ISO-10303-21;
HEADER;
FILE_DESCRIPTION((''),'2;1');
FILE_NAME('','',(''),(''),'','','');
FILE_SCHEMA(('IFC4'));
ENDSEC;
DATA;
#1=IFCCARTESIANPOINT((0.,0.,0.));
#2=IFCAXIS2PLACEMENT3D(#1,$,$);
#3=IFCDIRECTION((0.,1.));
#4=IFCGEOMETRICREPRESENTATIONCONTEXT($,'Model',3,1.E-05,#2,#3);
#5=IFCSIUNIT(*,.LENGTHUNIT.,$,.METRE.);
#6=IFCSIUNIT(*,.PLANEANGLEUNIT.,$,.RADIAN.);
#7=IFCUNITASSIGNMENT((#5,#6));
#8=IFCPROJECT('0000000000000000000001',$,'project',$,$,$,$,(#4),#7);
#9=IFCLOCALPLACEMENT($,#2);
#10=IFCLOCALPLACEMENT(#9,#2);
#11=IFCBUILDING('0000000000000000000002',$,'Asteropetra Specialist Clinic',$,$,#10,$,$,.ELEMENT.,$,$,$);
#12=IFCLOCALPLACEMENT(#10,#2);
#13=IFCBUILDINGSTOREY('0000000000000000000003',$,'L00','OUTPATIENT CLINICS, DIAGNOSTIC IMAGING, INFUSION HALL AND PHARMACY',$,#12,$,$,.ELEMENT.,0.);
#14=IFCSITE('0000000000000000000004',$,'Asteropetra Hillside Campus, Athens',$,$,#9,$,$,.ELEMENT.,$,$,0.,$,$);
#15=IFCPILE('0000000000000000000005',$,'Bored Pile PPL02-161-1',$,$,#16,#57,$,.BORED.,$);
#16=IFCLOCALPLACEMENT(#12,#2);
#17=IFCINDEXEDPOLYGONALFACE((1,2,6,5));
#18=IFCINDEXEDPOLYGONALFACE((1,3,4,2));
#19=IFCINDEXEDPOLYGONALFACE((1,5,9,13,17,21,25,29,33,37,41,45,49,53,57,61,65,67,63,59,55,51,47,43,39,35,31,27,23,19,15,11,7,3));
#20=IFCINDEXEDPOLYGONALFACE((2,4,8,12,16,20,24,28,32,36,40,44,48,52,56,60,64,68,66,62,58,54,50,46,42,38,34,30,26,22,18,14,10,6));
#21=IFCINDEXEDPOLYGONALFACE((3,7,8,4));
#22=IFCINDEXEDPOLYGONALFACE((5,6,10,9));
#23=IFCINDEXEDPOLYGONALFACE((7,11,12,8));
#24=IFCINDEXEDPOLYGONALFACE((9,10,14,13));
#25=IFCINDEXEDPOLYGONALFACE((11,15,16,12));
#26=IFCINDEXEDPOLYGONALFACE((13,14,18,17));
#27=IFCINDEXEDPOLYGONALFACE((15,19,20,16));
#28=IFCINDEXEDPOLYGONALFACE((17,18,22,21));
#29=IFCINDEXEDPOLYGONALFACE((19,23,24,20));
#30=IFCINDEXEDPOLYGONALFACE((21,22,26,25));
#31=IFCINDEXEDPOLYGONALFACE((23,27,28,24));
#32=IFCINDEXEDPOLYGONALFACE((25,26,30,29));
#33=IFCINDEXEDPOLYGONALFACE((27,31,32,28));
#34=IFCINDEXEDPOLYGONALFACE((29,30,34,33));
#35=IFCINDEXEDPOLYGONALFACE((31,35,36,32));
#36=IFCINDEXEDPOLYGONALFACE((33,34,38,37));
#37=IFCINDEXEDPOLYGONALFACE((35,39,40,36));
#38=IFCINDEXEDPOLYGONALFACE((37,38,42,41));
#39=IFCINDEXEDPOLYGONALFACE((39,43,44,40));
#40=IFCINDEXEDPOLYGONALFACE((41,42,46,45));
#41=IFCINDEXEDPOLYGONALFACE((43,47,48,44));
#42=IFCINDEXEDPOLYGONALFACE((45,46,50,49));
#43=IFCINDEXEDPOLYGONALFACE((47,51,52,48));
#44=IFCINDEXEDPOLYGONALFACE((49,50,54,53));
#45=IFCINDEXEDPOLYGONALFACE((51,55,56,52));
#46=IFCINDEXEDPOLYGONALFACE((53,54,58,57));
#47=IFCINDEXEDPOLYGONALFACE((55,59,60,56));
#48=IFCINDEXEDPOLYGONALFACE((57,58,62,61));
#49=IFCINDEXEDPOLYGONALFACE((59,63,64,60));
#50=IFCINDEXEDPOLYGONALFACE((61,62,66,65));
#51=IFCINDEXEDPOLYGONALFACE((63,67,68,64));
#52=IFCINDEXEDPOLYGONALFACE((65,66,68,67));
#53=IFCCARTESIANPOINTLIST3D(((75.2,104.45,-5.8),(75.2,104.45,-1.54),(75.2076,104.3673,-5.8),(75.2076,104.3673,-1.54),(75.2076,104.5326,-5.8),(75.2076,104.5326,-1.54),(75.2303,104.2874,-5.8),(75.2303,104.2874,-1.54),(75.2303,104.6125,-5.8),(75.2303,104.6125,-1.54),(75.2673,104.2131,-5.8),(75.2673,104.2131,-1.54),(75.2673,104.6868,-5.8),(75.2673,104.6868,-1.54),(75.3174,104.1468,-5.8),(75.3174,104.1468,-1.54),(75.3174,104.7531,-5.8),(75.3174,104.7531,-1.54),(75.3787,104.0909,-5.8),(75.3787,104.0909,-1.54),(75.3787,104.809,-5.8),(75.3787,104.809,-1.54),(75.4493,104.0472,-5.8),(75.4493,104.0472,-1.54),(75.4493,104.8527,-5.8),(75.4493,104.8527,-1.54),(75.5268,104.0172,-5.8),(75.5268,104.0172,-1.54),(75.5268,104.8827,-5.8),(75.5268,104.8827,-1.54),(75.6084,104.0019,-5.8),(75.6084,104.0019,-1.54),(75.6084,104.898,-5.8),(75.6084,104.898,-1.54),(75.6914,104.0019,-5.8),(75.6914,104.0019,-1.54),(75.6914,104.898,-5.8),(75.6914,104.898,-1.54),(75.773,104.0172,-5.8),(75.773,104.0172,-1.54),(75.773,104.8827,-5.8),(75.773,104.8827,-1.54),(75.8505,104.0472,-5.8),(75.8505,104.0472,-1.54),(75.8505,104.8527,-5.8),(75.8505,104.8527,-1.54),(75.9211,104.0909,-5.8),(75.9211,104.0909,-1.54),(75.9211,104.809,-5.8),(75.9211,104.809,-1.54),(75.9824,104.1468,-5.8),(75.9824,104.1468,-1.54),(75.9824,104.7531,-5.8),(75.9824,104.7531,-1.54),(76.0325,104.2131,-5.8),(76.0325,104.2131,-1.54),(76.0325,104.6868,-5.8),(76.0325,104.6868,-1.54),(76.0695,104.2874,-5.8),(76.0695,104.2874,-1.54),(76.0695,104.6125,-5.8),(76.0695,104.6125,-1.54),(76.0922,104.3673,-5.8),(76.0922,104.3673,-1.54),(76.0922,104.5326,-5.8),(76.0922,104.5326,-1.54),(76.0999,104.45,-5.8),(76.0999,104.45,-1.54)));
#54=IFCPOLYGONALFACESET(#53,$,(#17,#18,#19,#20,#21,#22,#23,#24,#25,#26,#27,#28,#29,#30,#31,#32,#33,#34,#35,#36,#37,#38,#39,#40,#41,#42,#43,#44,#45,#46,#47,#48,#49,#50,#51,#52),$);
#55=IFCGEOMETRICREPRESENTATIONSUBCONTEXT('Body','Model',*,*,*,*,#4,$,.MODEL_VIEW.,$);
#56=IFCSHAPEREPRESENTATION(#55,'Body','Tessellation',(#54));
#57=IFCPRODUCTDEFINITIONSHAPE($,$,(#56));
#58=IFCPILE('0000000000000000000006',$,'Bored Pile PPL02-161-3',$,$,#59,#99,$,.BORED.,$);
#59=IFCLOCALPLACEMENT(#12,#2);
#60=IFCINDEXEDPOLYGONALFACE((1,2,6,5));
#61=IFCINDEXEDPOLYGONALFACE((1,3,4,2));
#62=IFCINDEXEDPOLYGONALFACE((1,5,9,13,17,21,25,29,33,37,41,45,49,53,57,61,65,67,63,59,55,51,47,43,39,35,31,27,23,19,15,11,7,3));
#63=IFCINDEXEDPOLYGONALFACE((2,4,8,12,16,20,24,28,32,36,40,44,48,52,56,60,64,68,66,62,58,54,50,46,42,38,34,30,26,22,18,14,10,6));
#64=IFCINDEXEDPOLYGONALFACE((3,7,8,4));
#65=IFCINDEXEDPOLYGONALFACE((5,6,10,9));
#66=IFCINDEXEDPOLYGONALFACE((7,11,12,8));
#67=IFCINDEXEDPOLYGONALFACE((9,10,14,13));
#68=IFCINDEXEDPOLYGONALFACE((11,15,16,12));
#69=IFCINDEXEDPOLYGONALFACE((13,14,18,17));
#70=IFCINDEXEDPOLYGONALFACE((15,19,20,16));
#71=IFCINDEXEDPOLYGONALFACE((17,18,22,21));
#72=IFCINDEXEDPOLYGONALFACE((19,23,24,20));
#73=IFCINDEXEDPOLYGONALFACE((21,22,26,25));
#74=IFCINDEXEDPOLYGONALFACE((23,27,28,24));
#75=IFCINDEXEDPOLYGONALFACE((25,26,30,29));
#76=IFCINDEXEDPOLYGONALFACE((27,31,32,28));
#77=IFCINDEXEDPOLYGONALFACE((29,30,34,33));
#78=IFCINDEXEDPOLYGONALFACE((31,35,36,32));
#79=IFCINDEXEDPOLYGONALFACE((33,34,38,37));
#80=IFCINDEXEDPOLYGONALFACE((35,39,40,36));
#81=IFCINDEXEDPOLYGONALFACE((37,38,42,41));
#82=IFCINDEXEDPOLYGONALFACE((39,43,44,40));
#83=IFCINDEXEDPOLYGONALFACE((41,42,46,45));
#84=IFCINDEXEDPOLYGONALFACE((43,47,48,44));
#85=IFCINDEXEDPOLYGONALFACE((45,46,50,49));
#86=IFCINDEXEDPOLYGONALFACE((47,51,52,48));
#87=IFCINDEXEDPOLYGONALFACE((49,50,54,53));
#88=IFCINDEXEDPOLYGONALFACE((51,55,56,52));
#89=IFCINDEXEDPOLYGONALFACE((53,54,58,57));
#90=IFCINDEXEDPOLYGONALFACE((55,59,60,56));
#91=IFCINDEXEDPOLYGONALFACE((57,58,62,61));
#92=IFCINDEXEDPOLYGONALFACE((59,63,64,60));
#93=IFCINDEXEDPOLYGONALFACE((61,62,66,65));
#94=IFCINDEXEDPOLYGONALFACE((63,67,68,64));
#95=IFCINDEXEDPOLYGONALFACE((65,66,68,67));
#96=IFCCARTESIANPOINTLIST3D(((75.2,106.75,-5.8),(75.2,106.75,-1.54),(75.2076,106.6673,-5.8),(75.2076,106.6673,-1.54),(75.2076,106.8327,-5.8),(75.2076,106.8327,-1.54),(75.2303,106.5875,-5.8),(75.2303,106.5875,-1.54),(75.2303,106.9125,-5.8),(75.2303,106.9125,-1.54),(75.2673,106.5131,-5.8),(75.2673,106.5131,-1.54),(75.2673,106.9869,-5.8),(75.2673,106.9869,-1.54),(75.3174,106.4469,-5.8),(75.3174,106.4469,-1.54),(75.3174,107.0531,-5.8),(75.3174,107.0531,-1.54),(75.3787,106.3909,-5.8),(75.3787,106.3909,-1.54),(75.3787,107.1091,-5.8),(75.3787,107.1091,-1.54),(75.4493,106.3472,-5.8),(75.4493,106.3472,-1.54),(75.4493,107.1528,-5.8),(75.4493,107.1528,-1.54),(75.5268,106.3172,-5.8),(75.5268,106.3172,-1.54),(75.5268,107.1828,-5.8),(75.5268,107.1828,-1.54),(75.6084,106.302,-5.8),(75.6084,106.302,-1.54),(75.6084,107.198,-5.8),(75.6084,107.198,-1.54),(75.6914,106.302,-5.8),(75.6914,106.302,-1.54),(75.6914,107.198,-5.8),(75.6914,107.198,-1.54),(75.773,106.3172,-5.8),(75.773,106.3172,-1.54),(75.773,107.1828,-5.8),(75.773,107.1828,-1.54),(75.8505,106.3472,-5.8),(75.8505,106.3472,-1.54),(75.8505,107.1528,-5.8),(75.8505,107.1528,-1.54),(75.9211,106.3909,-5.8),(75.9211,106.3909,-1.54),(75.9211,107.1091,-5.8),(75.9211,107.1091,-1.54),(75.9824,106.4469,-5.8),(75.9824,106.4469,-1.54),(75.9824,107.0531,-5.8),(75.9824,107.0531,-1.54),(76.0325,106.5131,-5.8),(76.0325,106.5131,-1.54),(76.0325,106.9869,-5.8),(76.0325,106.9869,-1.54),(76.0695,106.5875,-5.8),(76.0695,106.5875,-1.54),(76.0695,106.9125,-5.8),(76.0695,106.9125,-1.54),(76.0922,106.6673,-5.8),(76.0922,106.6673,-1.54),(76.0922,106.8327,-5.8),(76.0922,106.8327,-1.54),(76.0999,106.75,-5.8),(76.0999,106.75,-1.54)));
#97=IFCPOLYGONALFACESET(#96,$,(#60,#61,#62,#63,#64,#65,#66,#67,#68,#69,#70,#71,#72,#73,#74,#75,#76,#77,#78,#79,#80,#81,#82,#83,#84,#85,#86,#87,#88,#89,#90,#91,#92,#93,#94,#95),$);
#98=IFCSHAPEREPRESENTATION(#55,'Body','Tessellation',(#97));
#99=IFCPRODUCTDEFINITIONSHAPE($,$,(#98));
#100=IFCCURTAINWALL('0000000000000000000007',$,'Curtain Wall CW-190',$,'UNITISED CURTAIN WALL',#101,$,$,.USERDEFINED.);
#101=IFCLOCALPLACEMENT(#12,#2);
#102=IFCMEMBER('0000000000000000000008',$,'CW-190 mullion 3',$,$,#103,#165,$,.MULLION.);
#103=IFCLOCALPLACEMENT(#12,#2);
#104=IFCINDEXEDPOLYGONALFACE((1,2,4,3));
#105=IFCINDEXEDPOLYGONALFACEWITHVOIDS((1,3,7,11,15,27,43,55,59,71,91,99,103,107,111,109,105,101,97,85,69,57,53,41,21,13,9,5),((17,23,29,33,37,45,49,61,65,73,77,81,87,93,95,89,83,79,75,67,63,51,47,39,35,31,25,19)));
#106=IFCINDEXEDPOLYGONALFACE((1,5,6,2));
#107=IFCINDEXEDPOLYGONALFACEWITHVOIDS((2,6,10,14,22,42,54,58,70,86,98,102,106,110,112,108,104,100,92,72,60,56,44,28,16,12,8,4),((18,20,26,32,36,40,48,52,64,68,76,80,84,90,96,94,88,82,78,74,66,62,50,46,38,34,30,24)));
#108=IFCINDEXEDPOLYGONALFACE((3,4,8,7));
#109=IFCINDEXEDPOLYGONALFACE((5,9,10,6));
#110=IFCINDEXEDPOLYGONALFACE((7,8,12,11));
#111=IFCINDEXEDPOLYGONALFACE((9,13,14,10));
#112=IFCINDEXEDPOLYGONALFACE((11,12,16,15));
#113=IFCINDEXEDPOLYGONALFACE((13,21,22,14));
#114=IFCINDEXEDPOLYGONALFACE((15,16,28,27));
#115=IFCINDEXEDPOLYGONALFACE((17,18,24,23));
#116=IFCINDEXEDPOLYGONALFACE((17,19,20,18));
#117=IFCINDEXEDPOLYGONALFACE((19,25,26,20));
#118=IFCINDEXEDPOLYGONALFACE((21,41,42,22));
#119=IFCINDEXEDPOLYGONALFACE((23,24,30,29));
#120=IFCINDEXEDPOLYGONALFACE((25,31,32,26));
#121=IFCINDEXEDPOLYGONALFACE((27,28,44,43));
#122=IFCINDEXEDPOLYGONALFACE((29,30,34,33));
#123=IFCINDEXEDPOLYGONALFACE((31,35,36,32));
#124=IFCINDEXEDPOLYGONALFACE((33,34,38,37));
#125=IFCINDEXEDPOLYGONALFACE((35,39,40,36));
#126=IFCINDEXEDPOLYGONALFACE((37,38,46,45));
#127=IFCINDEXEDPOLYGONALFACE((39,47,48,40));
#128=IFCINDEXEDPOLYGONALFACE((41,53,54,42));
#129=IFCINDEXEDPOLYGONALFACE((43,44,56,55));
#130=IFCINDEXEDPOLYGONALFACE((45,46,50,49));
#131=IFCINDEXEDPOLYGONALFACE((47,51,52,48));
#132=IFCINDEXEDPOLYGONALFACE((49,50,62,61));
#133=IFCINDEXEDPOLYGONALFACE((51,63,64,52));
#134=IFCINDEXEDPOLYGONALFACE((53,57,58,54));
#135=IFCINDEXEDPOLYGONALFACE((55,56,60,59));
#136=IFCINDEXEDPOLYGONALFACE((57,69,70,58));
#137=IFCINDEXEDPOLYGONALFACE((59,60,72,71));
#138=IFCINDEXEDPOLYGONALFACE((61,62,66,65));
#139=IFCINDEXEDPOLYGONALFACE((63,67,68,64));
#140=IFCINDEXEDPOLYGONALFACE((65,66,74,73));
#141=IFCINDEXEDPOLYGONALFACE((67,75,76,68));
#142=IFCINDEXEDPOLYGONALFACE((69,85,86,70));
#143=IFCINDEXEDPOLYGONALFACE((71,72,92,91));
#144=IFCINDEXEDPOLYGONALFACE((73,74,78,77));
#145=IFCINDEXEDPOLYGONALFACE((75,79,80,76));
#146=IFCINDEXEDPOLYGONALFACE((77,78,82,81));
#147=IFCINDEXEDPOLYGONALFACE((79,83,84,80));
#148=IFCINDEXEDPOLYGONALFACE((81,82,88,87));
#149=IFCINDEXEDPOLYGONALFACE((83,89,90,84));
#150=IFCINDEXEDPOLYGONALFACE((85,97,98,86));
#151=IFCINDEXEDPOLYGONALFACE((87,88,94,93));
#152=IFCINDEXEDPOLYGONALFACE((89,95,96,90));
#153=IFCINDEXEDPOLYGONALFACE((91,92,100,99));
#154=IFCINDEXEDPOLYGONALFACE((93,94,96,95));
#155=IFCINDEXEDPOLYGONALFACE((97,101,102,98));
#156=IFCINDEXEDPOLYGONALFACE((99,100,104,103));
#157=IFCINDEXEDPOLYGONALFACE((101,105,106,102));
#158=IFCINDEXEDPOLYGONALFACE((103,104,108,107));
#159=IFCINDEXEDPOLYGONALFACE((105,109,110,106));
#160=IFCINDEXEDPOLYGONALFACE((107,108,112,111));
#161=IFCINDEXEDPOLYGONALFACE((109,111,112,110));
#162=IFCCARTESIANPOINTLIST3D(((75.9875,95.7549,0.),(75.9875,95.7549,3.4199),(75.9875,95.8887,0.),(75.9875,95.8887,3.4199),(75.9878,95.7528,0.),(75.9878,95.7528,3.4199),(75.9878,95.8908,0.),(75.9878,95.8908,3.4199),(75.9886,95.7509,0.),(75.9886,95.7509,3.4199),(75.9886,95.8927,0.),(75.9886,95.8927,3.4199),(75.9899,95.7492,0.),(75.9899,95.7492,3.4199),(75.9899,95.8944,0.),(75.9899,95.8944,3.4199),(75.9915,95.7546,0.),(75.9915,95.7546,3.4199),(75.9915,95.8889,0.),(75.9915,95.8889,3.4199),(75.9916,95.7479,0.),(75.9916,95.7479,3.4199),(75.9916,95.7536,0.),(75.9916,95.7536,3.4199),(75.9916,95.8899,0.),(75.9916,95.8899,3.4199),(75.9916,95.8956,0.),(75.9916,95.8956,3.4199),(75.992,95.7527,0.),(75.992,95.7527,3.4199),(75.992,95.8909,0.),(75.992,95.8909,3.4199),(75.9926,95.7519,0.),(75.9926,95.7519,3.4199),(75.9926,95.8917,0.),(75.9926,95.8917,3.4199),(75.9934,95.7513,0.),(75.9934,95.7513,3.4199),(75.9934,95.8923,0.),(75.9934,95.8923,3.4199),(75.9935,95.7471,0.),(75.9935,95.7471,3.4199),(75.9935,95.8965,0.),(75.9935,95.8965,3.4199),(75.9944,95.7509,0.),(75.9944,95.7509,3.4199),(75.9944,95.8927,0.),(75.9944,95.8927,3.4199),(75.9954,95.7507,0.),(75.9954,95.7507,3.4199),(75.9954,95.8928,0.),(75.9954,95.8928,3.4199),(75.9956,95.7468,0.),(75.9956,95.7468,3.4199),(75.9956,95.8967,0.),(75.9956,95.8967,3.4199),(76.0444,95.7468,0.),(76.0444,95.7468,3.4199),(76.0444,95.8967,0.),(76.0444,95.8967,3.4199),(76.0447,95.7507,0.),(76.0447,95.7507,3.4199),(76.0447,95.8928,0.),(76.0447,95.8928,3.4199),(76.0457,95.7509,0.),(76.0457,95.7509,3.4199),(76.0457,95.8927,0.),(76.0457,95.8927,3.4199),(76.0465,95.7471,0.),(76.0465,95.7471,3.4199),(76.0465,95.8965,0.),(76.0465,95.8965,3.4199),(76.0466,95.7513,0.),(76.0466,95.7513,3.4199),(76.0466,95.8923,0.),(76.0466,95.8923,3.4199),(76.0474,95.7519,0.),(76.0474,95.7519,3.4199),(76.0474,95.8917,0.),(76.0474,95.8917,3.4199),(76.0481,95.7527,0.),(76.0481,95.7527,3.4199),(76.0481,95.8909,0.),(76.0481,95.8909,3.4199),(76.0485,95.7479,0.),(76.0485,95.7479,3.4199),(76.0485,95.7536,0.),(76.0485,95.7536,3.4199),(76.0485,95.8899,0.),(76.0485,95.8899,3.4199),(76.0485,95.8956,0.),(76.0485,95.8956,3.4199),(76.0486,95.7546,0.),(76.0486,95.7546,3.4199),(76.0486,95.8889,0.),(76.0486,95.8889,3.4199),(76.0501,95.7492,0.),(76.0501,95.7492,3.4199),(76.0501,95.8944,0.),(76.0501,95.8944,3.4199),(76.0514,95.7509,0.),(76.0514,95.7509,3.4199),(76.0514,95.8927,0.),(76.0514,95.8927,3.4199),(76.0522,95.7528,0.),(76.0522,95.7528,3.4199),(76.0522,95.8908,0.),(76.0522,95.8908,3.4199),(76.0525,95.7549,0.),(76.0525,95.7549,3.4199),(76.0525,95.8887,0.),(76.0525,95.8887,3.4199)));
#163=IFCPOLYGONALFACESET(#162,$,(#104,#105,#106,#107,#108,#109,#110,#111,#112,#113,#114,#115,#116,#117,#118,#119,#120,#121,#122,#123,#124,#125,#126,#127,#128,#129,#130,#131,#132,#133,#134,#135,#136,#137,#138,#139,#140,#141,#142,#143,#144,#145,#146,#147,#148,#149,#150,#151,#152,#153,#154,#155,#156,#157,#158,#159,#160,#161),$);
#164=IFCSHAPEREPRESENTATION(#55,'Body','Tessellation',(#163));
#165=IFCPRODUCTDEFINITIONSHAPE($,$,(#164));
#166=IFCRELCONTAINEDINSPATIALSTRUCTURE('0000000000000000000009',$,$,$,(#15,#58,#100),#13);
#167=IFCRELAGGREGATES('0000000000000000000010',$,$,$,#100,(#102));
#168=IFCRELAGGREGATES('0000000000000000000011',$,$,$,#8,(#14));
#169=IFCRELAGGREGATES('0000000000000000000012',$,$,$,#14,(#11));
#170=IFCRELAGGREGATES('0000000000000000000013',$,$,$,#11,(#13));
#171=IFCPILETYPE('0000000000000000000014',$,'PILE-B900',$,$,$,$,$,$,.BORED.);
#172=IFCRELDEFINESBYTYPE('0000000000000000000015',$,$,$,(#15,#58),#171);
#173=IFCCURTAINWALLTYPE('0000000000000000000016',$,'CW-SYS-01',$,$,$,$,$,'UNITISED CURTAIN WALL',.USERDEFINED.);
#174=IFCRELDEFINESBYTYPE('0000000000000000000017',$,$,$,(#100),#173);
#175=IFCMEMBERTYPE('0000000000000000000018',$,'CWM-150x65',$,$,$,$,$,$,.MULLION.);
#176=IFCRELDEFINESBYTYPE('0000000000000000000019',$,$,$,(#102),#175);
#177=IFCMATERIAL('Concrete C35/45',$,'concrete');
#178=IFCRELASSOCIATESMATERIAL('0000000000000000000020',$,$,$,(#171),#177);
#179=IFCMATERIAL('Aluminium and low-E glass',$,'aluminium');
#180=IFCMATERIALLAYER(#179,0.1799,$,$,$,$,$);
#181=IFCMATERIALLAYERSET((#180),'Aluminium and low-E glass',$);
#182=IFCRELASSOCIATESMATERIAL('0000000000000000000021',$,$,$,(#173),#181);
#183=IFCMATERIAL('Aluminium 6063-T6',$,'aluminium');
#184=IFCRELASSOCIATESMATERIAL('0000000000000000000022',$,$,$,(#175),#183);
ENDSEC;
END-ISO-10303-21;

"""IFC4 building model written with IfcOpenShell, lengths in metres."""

from ifc_helpers import new_model, si_unit, direction, frame, origin, origin_2d, place, context, subcontext, project, spatial, hollow_rectangle, circle, extrude, material, layer, layer_set, material_profile, profile_set, type_object, element, aggregate, save


model = new_model("IFC4")

# Units and contexts
model_context = context("Model", 3, precision=1e-05, world=origin(), true_north=direction((0.0, 1.0)))
body_context = subcontext(model_context, "Body", "Model", "MODEL_VIEW")
ifc_project = project(units=[si_unit("LENGTHUNIT", "METRE"), si_unit("PLANEANGLEUNIT", "RADIAN")], contexts=[model_context])

# Site, building, storey
site_placement = place(None, origin())
site = spatial("IfcSite", under=ifc_project, at=site_placement, Name="Asteropetra Hillside Campus, Athens", CompositionType="ELEMENT", RefElevation=0.0)
building_placement = place(site_placement, origin())
building = spatial("IfcBuilding", under=site, at=building_placement, Name="Asteropetra Specialist Clinic", CompositionType="ELEMENT")
storey_placement = place(building_placement, origin())
storey = spatial("IfcBuildingStorey", under=building, at=storey_placement, Name="L00", Description="OUTPATIENT CLINICS, DIAGNOSTIC IMAGING, INFUSION HALL AND PHARMACY", CompositionType="ELEMENT", Elevation=0.0)

# Piles
ifc_material_1 = material(Name="Concrete C35/45", Category="concrete")
ifc_material_profile_1 = material_profile(ifc_material_1, circle(Radius=0.45, at=origin_2d()), Name="PILE D900")
ifc_profile_set_1 = profile_set([ifc_material_profile_1], Name="Concrete C35/45")
pile_type_1 = type_object("IfcPileType", Name="PILE-B900", PredefinedType="BORED", material=ifc_profile_set_1)
for number, where, z_axis, x_axis, name in (
    (1, (75.6499, 104.45, -1.54), (0.0, 0.0, -1.0), (1.0, 0.0, 0.0), "Bored Pile PPL02-161-1"),
    (2, (75.6499, 106.75, -1.54), (0.0, 0.0, -1.0), (1.0, 0.0, 0.0), "Bored Pile PPL02-161-3"),
):
    element("IfcPile", number, at=place(storey_placement, frame(where, z_axis=z_axis, x_axis=x_axis)), inside=storey, type_object=pile_type_1, Name=name, PredefinedType="BORED", context=body_context, shape_type="SweptSolid", body=[
        extrude(circle(Radius=0.45, at=origin_2d()), origin(), (0.0, 0.0, 1.0), 4.26),
    ])

# Curtain wall, member
ifc_material_2 = material(Name="Aluminium and low-E glass", Category="aluminium")
ifc_layer_1 = layer(ifc_material_2, 0.1799)
ifc_layer_set_1 = layer_set([ifc_layer_1], Name="Aluminium and low-E glass")
curtain_wall_type = type_object("IfcCurtainWallType", Name="CW-SYS-01", ElementType="UNITISED CURTAIN WALL", PredefinedType="USERDEFINED", material=ifc_layer_set_1)
curtain_wall_placement = place(storey_placement, origin())
curtain_wall = element("IfcCurtainWall", 3, at=curtain_wall_placement, inside=storey, type_object=curtain_wall_type, Name="Curtain Wall CW-190", ObjectType="UNITISED CURTAIN WALL", PredefinedType="USERDEFINED")
ifc_material_3 = material(Name="Aluminium 6063-T6", Category="aluminium")
ifc_material_profile_2 = material_profile(ifc_material_3, hollow_rectangle(XDim=0.0649, YDim=0.1499, WallThickness=0.0039, InnerFilletRadius=0.0039, OuterFilletRadius=0.0081, at=origin_2d()), Name="MUL 150x65x4.0")
ifc_profile_set_2 = profile_set([ifc_material_profile_2], Name="Aluminium 6063-T6")
member_type_1 = type_object("IfcMemberType", Name="CWM-150x65", PredefinedType="MULLION", material=ifc_profile_set_2)
member_1_placement = place(storey_placement, frame((76.02, 95.8218, 0.0), z_axis=(0.0, 0.0, 1.0), x_axis=(-1.0, 0.0, 0.0)))
member_1 = element("IfcMember", 4, at=member_1_placement, type_object=member_type_1, Name="CW-190 mullion 3", PredefinedType="MULLION", context=body_context, shape_type="SweptSolid", body=[
    extrude(hollow_rectangle(XDim=0.0649, YDim=0.1499, WallThickness=0.0039, InnerFilletRadius=0.0039, OuterFilletRadius=0.0081, at=origin_2d()), origin(), (0.0, 0.0, 1.0), 3.4199),
])
aggregate(curtain_wall, [member_1])

save(model, "model.ifc")
